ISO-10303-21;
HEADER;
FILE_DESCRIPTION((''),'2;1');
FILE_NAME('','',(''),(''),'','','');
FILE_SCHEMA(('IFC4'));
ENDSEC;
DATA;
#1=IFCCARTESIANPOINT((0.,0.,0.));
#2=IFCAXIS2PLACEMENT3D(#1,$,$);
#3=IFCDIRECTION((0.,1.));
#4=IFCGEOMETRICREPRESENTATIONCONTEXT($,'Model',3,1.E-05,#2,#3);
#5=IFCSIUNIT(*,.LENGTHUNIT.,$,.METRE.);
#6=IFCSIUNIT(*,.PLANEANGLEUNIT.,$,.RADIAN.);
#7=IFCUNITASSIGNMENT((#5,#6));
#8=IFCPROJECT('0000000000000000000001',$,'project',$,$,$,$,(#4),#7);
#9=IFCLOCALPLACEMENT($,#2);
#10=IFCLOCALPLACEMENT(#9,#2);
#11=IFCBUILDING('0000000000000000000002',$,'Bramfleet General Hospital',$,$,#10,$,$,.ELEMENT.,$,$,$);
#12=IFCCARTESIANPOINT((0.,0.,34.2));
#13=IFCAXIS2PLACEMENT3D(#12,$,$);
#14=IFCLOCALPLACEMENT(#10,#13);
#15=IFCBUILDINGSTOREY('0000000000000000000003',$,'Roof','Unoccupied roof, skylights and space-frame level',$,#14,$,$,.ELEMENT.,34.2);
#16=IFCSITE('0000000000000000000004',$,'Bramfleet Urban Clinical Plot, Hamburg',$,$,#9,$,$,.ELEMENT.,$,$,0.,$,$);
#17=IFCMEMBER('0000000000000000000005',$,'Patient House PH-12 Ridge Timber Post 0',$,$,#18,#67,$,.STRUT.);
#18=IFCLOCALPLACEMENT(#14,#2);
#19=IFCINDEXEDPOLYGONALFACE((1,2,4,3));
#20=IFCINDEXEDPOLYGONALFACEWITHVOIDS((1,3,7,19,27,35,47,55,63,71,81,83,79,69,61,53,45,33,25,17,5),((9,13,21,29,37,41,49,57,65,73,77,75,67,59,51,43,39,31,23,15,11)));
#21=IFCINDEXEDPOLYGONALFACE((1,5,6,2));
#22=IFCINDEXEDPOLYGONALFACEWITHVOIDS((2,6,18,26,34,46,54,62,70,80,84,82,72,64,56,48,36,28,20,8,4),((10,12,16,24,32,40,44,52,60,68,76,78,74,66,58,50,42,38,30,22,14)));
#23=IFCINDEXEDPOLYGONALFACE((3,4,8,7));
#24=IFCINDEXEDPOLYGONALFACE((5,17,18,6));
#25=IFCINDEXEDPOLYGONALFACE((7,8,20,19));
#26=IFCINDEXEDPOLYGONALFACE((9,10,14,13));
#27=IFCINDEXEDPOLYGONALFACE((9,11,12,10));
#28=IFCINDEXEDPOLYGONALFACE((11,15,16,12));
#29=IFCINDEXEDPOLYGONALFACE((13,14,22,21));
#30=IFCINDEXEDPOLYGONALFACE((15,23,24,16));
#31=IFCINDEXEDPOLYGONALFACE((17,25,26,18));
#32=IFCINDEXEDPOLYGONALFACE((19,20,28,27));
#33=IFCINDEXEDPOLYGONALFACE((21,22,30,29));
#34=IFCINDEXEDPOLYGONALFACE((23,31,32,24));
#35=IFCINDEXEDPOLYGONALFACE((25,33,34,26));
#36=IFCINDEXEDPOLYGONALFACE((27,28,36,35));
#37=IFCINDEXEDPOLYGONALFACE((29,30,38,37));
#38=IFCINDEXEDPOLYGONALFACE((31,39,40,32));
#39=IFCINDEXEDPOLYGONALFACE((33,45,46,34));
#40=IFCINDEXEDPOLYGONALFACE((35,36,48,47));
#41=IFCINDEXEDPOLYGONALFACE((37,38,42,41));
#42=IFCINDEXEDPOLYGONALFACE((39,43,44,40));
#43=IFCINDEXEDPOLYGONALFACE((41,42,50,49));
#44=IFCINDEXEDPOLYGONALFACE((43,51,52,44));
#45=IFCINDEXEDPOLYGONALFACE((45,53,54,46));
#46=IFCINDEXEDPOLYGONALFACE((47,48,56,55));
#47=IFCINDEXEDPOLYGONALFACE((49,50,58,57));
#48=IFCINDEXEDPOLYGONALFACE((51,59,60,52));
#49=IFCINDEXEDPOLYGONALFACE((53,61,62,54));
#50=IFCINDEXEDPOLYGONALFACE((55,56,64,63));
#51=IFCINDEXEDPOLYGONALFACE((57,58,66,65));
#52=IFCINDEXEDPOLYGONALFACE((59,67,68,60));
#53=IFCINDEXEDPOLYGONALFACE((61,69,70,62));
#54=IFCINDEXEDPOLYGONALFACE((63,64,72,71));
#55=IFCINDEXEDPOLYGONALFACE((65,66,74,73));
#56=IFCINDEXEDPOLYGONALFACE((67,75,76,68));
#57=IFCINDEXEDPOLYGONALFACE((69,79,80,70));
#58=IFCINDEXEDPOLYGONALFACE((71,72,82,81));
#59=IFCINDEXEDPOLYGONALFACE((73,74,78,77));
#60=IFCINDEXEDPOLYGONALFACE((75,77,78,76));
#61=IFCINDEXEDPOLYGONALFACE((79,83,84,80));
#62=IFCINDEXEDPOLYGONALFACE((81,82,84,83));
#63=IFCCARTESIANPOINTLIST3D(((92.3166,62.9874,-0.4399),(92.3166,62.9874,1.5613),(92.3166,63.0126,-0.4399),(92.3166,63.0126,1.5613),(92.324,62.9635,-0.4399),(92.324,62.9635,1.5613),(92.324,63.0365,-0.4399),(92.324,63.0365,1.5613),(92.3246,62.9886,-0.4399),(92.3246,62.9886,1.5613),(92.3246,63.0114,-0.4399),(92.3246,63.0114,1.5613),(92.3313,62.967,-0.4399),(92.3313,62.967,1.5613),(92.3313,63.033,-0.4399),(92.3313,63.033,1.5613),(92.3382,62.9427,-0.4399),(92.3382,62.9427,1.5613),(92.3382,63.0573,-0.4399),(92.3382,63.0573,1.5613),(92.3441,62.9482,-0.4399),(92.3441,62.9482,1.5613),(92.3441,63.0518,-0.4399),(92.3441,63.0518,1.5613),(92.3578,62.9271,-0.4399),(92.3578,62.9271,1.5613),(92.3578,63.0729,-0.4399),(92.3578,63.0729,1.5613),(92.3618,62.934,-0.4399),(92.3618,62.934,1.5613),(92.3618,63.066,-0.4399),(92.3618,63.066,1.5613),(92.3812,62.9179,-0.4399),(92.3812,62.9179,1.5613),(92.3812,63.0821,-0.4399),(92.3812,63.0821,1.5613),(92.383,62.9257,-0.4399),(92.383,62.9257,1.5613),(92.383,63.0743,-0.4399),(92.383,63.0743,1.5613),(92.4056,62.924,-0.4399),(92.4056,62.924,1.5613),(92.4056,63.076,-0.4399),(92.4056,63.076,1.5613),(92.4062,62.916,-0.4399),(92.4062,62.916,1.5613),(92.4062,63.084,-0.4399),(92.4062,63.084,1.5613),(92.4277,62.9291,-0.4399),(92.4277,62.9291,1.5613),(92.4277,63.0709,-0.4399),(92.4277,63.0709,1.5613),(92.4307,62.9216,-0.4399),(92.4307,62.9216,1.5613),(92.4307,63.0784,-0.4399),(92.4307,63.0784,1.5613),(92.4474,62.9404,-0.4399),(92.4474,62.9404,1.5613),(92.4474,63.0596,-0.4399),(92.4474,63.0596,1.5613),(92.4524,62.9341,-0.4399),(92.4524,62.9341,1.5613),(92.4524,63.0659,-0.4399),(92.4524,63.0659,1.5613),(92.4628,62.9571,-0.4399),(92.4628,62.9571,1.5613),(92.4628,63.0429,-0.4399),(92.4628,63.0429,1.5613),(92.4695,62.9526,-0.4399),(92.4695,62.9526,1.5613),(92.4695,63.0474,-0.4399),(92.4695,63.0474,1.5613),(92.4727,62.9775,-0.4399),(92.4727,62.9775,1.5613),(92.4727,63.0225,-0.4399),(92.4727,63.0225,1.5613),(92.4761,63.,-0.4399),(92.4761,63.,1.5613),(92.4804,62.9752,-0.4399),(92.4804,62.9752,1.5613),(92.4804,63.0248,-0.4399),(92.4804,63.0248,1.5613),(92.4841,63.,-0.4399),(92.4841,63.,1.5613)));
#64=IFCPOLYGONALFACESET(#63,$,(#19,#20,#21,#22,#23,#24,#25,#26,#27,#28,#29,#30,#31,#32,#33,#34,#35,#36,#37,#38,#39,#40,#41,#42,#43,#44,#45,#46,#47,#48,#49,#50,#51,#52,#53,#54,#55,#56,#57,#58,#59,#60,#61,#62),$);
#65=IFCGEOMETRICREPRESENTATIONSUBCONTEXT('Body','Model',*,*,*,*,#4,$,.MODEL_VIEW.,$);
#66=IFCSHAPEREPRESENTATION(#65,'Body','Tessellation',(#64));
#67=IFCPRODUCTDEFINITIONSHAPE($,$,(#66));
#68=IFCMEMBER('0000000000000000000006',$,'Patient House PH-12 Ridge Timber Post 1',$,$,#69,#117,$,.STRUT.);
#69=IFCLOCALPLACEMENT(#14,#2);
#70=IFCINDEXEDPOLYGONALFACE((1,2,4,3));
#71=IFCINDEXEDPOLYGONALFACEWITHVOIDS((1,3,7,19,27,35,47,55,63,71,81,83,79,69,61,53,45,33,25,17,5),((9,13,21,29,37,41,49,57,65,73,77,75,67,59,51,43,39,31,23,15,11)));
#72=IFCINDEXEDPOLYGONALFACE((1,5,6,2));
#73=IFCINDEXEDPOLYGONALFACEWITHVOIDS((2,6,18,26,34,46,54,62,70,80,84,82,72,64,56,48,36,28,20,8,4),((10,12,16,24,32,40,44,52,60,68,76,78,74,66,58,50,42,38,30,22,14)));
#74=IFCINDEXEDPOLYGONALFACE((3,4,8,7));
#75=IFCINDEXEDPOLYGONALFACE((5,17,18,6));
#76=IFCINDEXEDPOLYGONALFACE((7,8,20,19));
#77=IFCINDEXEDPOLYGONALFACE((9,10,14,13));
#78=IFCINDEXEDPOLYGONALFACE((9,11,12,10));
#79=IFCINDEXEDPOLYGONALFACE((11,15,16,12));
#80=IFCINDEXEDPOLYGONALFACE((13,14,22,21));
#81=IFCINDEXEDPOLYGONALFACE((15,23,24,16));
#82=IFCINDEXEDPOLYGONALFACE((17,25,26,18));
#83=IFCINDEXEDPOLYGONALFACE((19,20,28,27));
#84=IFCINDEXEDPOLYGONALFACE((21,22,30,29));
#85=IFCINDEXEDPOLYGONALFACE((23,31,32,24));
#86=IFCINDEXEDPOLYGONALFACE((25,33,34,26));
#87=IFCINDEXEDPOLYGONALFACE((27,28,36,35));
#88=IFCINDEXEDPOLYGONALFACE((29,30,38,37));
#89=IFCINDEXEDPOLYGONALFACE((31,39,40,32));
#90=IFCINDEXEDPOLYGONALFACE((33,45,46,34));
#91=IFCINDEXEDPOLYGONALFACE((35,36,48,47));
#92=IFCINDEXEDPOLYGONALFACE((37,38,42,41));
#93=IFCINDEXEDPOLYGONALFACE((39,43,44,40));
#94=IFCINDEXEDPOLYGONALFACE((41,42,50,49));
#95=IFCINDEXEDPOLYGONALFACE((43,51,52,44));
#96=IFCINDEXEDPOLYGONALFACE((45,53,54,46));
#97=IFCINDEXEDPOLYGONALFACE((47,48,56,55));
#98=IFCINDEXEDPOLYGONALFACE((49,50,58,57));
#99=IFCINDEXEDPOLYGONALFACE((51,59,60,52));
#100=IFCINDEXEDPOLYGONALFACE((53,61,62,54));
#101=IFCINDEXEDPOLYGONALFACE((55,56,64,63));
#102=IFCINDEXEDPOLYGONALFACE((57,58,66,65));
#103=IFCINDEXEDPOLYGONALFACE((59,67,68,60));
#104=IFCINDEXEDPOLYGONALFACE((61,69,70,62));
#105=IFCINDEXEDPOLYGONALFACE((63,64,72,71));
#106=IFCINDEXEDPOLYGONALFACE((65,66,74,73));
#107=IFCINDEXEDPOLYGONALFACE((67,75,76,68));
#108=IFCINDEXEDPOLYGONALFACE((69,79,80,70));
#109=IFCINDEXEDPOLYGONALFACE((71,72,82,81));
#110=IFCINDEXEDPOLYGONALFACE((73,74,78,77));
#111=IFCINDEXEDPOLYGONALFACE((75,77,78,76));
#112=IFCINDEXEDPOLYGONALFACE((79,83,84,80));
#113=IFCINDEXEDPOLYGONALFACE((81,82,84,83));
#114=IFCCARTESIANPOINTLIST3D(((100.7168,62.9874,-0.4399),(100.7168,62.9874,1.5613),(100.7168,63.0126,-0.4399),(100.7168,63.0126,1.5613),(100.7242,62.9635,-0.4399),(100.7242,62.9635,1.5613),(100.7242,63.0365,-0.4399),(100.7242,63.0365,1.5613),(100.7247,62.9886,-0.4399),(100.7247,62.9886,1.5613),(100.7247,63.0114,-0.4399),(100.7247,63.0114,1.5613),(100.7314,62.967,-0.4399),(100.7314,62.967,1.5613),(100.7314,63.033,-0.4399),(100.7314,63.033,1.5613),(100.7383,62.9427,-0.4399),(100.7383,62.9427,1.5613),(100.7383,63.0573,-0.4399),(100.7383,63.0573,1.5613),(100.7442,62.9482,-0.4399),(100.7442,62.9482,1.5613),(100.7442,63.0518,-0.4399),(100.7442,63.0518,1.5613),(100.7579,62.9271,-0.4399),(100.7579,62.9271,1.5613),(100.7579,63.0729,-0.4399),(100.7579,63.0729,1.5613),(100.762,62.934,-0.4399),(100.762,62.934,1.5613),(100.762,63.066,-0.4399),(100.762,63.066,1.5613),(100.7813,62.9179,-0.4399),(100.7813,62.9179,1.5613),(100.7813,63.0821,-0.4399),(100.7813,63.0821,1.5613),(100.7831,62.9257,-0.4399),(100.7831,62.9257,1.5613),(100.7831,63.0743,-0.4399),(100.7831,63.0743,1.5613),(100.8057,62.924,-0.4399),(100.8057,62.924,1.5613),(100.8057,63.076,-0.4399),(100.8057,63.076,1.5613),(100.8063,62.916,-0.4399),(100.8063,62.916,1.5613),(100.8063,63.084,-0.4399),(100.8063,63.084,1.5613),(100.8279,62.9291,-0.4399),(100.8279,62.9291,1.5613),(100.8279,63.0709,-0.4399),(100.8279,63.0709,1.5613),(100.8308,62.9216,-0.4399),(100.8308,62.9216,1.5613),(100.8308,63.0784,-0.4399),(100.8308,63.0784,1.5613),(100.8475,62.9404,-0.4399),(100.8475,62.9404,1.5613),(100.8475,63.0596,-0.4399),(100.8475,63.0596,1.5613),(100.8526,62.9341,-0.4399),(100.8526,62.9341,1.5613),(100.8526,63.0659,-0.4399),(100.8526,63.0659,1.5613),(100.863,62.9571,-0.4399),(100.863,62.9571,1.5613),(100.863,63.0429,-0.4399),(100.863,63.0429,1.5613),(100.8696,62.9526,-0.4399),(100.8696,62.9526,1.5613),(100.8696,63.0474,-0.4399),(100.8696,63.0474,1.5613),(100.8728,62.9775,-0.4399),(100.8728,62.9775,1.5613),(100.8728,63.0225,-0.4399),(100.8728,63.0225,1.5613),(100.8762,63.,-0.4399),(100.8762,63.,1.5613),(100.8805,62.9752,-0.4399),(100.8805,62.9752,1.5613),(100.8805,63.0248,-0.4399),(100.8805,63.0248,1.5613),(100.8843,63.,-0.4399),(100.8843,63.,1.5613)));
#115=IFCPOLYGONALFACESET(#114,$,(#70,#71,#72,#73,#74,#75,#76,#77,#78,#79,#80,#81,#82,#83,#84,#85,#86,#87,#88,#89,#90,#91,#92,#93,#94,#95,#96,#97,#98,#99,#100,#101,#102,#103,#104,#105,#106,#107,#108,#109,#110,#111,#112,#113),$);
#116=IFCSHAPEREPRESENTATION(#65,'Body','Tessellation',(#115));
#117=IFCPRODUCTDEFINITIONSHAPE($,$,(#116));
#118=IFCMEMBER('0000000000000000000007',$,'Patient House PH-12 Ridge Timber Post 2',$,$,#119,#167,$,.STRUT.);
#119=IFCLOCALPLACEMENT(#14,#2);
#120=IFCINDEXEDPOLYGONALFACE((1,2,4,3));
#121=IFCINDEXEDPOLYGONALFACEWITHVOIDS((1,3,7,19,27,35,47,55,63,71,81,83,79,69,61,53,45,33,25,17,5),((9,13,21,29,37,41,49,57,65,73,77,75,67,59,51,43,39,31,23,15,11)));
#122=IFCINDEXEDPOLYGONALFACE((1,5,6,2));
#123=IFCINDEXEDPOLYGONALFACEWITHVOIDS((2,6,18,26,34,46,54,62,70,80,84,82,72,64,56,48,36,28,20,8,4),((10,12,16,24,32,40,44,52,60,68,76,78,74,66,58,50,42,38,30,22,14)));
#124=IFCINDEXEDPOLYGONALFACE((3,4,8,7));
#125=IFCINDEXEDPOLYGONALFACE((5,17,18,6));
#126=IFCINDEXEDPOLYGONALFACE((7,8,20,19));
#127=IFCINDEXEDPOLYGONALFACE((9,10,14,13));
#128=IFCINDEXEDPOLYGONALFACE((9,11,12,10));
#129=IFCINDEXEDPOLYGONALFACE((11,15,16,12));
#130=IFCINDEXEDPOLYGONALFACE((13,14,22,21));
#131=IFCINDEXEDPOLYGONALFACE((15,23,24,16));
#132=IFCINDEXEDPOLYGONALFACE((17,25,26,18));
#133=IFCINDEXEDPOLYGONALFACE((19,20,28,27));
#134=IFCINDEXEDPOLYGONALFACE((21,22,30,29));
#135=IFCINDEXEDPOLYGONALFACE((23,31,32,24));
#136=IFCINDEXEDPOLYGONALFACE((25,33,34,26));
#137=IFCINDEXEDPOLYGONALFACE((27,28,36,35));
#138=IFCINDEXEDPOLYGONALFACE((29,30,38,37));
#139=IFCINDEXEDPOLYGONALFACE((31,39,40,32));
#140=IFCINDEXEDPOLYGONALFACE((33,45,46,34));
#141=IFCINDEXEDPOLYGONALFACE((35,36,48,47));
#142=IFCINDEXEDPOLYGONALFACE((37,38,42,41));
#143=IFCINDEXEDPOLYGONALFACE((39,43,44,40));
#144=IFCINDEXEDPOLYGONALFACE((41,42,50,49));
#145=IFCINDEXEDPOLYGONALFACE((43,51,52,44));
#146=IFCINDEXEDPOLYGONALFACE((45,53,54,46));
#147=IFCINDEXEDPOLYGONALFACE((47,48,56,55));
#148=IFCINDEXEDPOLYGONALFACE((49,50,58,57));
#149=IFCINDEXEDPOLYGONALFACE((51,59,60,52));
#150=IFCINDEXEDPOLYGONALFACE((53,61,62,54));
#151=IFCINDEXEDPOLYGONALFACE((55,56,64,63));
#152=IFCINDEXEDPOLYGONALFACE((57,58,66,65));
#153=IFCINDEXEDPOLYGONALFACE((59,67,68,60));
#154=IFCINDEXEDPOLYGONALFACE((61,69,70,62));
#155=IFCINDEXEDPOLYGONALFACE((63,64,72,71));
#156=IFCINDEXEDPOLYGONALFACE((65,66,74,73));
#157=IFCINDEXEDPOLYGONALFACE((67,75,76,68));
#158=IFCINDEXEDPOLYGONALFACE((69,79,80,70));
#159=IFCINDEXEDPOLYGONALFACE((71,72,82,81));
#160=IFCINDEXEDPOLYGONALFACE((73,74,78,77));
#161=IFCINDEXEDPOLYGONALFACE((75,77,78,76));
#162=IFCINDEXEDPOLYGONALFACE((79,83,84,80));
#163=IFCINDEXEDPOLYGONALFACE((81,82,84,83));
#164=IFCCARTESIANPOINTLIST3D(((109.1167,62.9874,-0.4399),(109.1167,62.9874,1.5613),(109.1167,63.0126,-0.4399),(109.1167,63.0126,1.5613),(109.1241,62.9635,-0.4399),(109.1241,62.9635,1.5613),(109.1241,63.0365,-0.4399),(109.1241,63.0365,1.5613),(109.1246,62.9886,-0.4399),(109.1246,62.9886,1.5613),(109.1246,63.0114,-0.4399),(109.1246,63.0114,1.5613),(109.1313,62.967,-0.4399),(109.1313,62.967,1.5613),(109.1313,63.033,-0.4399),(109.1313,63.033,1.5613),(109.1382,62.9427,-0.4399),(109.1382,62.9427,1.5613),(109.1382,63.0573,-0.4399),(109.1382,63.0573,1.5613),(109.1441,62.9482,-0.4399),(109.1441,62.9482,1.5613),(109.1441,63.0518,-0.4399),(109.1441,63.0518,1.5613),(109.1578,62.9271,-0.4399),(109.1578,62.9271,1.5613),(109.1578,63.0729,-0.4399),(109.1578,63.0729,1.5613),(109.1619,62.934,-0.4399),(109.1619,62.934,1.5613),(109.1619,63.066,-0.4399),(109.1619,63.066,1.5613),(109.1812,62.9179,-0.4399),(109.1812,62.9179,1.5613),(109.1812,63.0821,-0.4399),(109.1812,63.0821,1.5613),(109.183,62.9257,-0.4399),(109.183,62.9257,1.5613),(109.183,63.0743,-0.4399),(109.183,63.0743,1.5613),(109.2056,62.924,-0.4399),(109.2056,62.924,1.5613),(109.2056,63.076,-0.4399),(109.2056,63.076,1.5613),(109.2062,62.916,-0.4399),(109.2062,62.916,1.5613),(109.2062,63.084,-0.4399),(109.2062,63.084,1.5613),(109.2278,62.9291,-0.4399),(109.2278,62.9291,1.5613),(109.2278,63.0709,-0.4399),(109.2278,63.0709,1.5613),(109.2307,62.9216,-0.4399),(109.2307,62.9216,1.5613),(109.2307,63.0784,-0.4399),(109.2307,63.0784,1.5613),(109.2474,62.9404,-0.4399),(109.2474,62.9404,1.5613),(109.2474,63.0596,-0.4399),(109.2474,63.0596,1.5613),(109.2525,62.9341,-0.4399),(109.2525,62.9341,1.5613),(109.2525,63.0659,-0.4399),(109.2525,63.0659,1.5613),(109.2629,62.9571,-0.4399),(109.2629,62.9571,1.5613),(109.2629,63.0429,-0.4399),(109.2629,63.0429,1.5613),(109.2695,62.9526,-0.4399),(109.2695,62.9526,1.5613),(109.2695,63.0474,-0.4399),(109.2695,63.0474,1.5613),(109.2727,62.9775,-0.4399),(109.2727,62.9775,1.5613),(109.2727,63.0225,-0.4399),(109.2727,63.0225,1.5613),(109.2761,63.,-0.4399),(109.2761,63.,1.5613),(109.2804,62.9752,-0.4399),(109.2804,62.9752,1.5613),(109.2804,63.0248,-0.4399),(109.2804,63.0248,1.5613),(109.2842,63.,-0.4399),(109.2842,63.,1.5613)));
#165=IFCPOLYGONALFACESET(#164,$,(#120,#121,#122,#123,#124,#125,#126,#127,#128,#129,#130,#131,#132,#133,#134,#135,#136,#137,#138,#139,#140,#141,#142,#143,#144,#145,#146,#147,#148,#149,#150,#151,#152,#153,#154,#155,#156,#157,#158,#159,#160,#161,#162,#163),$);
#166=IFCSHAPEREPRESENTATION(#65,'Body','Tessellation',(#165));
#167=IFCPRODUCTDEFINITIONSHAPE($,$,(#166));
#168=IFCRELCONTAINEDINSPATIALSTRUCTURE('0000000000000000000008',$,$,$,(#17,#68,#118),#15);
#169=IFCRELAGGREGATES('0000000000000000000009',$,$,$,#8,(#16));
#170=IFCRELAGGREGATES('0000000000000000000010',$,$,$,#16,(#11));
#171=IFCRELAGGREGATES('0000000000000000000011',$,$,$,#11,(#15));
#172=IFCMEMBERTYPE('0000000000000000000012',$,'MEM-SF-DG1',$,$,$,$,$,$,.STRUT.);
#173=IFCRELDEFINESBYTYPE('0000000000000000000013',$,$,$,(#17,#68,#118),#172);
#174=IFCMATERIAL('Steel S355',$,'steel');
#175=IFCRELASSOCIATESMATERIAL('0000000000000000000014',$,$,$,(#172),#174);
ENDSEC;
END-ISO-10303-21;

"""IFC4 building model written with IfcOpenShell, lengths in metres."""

from ifc_helpers import new_model, si_unit, direction, frame, origin, origin_2d, place, context, subcontext, project, spatial, hollow_circle, extrude, material, material_profile, profile_set, type_object, element, save


model = new_model("IFC4")

# Units and contexts
model_context = context("Model", 3, precision=1e-05, world=origin(), true_north=direction((0.0, 1.0)))
body_context = subcontext(model_context, "Body", "Model", "MODEL_VIEW")
ifc_project = project(units=[si_unit("LENGTHUNIT", "METRE"), si_unit("PLANEANGLEUNIT", "RADIAN")], contexts=[model_context])

# Site, building, storey
site_placement = place(None, origin())
site = spatial("IfcSite", under=ifc_project, at=site_placement, Name="Bramfleet Urban Clinical Plot, Hamburg", CompositionType="ELEMENT", RefElevation=0.0)
building_placement = place(site_placement, origin())
building = spatial("IfcBuilding", under=site, at=building_placement, Name="Bramfleet General Hospital", CompositionType="ELEMENT")
storey_placement = place(building_placement, frame((0.0, 0.0, 34.2)))
storey = spatial("IfcBuildingStorey", under=building, at=storey_placement, Name="Roof", Description="Unoccupied roof, skylights and space-frame level", CompositionType="ELEMENT", Elevation=34.2)

# Members
ifc_material_1 = material(Name="Steel S355", Category="steel")
ifc_material_profile_1 = material_profile(ifc_material_1, hollow_circle(Radius=0.0842, WallThickness=0.0081, at=origin_2d()), Name="CHS 168.3x8.0")
ifc_profile_set_1 = profile_set([ifc_material_profile_1], Name="Steel S355")
member_type_1 = type_object("IfcMemberType", Name="MEM-SF-DG1", PredefinedType="STRUT", material=ifc_profile_set_1)
for number, where, z_axis, x_axis, name in (
    (1, (92.3999, 63.0, -0.4399), (0.0, 0.0, 1.0), (1.0, 0.0, 0.0), "Patient House PH-12 Ridge Timber Post 0"),
    (2, (100.8, 63.0, -0.4399), (0.0, 0.0, 1.0), (1.0, 0.0, 0.0), "Patient House PH-12 Ridge Timber Post 1"),
    (3, (109.2, 63.0, -0.4399), (0.0, 0.0, 1.0), (1.0, 0.0, 0.0), "Patient House PH-12 Ridge Timber Post 2"),
):
    element("IfcMember", number, at=place(storey_placement, frame(where, z_axis=z_axis, x_axis=x_axis)), inside=storey, type_object=member_type_1, Name=name, PredefinedType="STRUT", context=body_context, shape_type="SweptSolid", body=[
        extrude(hollow_circle(Radius=0.0842, WallThickness=0.0081, at=origin_2d()), origin(), (0.0, 0.0, 1.0), 2.0012),
    ])

save(model, "model.ifc")
